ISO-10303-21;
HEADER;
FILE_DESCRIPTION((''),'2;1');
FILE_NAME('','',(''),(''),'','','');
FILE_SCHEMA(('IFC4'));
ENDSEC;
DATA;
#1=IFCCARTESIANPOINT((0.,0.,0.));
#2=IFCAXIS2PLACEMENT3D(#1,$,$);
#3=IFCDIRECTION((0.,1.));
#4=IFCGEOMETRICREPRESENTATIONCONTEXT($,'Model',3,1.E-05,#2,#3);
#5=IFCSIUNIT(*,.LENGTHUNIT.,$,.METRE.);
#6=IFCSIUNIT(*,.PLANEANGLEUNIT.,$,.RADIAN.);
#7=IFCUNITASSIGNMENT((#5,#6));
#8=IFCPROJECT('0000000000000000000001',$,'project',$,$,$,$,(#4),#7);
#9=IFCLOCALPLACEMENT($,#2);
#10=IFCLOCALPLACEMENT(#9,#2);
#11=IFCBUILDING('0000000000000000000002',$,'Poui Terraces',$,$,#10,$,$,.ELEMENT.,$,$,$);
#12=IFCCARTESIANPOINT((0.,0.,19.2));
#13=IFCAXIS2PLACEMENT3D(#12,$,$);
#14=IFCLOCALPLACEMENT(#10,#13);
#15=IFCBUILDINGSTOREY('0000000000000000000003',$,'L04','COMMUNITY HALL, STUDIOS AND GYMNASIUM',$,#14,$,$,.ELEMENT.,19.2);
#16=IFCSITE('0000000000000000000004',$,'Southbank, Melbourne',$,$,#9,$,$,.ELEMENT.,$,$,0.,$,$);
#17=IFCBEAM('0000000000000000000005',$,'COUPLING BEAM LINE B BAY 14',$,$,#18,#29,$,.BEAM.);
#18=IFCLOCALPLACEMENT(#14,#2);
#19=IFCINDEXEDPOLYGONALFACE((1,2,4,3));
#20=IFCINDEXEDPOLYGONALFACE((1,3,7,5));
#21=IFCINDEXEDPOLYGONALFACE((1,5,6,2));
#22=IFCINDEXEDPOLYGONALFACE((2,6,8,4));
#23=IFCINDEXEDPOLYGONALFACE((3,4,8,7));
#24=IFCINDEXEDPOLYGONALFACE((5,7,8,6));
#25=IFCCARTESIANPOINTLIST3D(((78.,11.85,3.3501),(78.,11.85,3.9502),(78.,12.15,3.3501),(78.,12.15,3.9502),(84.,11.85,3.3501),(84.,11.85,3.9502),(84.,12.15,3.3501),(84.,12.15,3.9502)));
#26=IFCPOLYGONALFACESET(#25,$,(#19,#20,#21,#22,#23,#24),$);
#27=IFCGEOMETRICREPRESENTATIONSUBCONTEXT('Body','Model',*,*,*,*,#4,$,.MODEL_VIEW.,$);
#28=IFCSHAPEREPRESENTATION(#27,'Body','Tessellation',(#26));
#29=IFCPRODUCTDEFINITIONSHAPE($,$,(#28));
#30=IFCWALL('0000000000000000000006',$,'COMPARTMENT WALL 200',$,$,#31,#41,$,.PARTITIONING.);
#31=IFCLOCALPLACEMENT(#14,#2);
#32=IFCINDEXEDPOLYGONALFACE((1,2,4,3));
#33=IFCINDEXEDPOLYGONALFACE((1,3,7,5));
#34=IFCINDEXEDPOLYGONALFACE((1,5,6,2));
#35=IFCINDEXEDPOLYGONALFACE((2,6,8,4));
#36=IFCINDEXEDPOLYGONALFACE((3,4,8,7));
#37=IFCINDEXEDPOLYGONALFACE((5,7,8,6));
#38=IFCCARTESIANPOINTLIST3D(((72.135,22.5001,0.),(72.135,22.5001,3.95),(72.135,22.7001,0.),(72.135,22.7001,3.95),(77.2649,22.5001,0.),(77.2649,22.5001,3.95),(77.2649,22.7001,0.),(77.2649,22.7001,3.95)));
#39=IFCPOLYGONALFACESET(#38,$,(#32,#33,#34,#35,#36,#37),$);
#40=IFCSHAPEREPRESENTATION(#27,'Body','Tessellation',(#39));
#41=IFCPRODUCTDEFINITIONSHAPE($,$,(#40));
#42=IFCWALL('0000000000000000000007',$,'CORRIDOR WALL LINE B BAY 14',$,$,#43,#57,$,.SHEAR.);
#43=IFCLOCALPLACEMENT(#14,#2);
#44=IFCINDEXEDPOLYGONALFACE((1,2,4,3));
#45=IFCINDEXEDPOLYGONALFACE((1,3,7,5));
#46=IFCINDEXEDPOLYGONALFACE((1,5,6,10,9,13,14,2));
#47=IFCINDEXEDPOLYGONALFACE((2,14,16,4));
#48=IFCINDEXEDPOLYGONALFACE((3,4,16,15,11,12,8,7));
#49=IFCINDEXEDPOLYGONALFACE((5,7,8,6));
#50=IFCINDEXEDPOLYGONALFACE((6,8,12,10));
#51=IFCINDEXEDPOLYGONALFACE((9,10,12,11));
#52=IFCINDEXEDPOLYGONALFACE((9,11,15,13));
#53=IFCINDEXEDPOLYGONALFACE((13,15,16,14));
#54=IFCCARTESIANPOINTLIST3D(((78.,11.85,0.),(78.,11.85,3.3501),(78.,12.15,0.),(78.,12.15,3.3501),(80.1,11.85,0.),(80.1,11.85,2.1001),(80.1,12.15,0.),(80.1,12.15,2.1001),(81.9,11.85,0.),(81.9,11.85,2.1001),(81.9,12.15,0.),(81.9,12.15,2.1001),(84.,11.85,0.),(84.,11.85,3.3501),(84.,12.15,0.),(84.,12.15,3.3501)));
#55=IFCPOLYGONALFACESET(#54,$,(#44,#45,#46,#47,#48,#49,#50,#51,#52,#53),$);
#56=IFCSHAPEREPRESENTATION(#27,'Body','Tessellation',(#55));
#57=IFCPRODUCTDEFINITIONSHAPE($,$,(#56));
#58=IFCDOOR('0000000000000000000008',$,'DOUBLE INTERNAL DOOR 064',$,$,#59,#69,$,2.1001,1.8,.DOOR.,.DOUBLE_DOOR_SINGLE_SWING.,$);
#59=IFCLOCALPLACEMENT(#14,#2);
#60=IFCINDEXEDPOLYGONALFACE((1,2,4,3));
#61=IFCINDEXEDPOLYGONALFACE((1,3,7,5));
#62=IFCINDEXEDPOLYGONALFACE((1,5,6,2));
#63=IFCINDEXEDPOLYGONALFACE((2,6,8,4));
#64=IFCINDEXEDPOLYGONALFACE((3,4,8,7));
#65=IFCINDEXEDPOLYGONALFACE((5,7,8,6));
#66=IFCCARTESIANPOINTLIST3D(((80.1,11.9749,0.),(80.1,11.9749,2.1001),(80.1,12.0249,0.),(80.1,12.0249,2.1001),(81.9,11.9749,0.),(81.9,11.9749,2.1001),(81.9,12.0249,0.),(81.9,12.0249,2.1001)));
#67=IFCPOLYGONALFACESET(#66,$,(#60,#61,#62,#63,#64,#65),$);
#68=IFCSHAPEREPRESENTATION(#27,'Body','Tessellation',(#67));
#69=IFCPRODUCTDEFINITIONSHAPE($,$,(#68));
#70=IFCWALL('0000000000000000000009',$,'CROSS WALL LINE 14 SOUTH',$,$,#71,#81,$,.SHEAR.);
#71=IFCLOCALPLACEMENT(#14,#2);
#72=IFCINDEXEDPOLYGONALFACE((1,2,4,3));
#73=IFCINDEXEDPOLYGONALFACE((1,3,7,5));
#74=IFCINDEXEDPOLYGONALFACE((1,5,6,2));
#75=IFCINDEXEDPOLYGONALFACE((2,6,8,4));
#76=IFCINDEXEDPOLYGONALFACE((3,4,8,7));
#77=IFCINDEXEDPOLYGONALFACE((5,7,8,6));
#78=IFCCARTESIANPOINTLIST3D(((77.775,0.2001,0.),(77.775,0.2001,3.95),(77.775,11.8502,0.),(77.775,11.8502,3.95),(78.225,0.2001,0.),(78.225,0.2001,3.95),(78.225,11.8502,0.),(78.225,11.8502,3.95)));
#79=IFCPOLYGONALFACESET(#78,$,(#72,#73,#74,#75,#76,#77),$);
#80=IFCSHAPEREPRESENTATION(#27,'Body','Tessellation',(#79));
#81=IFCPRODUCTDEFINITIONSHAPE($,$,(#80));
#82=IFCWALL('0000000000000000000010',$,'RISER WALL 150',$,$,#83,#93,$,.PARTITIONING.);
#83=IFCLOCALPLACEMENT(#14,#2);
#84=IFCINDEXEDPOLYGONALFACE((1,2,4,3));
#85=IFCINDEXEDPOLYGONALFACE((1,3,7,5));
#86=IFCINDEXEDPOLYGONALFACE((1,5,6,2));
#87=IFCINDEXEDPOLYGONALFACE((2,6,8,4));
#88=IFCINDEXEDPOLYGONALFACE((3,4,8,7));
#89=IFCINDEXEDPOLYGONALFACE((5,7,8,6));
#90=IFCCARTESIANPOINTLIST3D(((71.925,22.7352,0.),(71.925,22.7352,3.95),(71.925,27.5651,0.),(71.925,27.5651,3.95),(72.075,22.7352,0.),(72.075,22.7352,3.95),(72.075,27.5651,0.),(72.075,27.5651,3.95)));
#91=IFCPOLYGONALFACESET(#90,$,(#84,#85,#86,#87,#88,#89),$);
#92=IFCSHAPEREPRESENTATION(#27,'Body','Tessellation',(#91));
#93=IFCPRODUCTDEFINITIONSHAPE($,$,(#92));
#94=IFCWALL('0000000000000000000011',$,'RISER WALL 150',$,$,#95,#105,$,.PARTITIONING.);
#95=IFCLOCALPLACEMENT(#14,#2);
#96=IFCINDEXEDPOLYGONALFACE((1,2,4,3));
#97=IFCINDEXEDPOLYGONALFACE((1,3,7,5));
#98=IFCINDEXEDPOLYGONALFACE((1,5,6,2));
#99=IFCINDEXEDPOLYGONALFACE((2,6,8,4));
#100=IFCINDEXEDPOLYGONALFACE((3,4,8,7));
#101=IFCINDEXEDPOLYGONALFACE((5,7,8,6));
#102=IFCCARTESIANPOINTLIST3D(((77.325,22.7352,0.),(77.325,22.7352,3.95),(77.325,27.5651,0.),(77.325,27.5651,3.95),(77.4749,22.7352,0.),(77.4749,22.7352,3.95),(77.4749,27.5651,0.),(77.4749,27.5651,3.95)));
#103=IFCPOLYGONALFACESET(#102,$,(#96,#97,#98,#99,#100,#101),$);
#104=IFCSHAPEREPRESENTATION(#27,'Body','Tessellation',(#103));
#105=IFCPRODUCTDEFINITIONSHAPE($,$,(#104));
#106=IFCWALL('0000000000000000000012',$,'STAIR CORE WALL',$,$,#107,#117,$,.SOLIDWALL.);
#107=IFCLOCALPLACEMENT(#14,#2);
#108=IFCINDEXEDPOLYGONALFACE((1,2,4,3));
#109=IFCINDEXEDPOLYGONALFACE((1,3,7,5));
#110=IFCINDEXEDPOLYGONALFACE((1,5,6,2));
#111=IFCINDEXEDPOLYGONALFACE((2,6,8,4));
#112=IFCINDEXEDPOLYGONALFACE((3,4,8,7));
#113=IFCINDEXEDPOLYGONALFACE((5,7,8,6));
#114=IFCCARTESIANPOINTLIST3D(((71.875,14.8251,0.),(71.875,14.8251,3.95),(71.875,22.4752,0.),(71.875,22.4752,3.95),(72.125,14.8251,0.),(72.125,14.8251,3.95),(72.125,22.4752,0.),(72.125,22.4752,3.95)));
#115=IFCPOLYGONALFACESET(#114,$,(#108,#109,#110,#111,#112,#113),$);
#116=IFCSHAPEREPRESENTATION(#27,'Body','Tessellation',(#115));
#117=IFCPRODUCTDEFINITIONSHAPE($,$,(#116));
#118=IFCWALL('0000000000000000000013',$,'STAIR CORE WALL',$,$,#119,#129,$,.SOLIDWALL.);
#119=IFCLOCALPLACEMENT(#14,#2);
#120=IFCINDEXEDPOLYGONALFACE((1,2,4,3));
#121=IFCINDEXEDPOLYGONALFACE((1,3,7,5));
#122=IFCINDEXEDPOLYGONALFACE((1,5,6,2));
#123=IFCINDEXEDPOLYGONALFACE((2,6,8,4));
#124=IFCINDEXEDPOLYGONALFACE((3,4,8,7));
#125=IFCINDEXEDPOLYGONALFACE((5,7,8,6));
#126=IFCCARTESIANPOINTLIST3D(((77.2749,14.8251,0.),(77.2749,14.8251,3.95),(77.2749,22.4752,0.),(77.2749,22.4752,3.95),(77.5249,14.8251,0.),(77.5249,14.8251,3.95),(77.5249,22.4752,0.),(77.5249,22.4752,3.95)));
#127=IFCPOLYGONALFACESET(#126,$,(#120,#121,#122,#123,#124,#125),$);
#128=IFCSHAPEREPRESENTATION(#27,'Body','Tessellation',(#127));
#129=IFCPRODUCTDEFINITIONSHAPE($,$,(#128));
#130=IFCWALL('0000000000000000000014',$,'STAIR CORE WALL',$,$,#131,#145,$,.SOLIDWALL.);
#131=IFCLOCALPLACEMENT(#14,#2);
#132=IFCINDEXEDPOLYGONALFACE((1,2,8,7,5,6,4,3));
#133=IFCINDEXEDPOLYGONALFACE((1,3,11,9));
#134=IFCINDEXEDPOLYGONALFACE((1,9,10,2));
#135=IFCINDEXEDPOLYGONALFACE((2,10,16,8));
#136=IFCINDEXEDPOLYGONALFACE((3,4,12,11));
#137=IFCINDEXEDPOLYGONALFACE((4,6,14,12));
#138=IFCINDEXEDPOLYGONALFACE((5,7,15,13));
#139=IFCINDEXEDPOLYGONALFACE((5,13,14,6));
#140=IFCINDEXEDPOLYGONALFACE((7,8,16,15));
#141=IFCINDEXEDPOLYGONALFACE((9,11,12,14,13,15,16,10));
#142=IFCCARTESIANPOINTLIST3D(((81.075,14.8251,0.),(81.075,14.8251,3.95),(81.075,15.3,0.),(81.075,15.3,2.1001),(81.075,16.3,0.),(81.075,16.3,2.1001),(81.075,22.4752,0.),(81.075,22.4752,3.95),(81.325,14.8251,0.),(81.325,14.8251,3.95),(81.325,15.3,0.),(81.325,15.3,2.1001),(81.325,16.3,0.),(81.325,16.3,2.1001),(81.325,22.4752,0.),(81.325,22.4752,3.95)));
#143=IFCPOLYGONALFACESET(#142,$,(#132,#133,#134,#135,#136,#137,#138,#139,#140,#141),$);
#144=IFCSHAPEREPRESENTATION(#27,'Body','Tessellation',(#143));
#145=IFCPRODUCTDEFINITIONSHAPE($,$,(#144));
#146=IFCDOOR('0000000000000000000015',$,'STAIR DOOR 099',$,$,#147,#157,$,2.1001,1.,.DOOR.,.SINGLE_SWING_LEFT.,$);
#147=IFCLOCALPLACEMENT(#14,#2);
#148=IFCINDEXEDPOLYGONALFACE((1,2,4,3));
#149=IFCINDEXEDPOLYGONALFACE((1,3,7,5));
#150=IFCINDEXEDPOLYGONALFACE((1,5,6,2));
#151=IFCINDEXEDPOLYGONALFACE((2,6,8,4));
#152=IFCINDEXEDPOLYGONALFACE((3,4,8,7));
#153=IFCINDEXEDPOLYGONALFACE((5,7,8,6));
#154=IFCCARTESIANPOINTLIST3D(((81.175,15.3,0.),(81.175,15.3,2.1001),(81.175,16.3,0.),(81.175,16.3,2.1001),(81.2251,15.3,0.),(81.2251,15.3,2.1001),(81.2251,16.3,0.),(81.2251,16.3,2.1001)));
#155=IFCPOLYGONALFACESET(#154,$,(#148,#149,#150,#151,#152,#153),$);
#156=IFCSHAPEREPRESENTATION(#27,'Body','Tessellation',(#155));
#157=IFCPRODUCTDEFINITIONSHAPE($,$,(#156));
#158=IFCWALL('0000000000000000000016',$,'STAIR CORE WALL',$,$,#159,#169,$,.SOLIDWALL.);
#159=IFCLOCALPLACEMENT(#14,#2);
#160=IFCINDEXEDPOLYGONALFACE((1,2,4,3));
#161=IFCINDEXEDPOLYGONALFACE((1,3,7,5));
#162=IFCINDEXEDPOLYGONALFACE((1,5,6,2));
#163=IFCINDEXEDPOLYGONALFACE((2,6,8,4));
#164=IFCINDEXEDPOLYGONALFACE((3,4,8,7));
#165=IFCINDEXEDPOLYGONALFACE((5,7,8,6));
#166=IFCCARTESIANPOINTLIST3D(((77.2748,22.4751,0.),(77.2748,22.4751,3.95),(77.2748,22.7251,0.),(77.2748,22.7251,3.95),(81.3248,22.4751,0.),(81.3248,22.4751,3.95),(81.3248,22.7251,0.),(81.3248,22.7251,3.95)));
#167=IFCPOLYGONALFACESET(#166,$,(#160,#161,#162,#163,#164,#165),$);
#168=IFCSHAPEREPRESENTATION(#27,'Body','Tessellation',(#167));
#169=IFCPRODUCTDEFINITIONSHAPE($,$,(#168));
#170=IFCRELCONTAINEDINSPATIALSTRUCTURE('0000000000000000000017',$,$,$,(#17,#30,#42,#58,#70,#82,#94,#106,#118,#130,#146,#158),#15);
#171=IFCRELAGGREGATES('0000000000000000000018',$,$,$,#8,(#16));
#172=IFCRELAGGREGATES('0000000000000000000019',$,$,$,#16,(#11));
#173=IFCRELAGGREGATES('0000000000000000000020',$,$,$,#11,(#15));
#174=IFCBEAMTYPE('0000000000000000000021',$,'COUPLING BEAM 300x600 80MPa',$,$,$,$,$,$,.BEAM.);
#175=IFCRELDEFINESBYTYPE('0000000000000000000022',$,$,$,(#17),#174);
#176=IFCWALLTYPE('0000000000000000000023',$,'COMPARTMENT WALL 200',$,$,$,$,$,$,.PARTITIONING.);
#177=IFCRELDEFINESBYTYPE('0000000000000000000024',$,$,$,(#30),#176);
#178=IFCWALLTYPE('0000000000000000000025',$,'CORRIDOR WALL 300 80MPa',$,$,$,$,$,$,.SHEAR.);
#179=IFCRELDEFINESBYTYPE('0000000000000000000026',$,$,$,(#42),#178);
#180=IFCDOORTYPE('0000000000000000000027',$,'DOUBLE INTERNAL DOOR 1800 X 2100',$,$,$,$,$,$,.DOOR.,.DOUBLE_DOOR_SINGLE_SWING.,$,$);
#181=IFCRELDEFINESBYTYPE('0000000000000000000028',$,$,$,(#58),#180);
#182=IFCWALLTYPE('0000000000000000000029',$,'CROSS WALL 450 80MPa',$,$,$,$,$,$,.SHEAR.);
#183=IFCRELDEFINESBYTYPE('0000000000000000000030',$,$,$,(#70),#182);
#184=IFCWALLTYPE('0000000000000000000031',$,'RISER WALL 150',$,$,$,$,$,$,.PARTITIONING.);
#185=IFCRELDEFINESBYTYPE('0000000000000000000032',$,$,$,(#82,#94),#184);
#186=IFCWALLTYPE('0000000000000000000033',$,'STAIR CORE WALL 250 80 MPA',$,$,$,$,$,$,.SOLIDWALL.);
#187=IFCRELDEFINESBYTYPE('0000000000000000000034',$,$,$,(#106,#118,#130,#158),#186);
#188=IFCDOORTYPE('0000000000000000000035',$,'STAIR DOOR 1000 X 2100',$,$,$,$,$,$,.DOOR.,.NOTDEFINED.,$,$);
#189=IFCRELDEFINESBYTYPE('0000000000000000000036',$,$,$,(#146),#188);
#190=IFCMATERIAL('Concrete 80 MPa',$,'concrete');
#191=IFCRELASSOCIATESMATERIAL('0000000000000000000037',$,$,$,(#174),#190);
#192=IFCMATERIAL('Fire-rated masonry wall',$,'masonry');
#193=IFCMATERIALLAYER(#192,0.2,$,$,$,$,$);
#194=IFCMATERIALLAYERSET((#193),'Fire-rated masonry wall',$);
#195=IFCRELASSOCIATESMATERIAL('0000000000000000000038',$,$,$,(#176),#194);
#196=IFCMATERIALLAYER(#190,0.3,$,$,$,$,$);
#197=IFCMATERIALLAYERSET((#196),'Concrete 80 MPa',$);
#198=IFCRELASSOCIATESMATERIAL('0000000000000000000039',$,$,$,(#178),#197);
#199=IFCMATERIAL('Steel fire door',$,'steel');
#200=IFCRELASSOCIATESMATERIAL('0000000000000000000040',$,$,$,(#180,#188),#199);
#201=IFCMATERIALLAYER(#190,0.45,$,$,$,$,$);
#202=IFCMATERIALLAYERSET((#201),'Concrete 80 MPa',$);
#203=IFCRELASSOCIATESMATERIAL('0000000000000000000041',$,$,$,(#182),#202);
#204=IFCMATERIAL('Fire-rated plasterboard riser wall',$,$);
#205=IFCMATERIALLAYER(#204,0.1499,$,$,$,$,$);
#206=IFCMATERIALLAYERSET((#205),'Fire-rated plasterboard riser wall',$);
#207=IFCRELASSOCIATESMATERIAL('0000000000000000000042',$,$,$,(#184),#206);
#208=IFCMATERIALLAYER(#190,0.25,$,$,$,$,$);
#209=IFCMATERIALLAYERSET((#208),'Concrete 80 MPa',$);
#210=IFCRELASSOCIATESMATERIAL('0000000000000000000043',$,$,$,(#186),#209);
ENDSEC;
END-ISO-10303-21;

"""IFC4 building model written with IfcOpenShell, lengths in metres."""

from ifc_helpers import new_model, si_unit, direction, frame, frame_2d, origin, origin_2d, place, context, subcontext, project, spatial, rectangle, extrude, source, transform, mapped, material, layer, layer_set, material_profile, profile_set, type_object, element, fill, save


model = new_model("IFC4")

# Units and contexts
model_context = context("Model", 3, precision=1e-05, world=origin(), true_north=direction((0.0, 1.0)))
body_context = subcontext(model_context, "Body", "Model", "MODEL_VIEW")
ifc_project = project(units=[si_unit("LENGTHUNIT", "METRE"), si_unit("PLANEANGLEUNIT", "RADIAN")], contexts=[model_context])

# Site, building, storey
site_placement = place(None, origin())
site = spatial("IfcSite", under=ifc_project, at=site_placement, Name="Southbank, Melbourne", CompositionType="ELEMENT", RefElevation=0.0)
building_placement = place(site_placement, origin())
building = spatial("IfcBuilding", under=site, at=building_placement, Name="Poui Terraces", CompositionType="ELEMENT")
storey_placement = place(building_placement, frame((0.0, 0.0, 19.2)))
storey = spatial("IfcBuildingStorey", under=building, at=storey_placement, Name="L04", Description="COMMUNITY HALL, STUDIOS AND GYMNASIUM", CompositionType="ELEMENT", Elevation=19.2)

# Beam
ifc_material_1 = material(Name="Concrete 80 MPa", Category="concrete")
ifc_material_profile = material_profile(ifc_material_1, rectangle(XDim=0.3, YDim=0.6001, at=origin_2d()), Name="RC 300x600")
ifc_profile_set = profile_set([ifc_material_profile], Name="Concrete 80 MPa")
beam_type = type_object("IfcBeamType", Name="COUPLING BEAM 300x600 80MPa", PredefinedType="BEAM", material=ifc_profile_set)
shared_shape = source(origin(), body_context, "Body", "SweptSolid", [
    extrude(rectangle(XDim=0.3, YDim=0.6001, at=origin_2d()), origin(), (0.0, 0.0, 1.0), 6.0),
])
beam_placement = place(storey_placement, frame((78.0, 12.0, 3.6501), z_axis=(1.0, 0.0, 0.0), x_axis=(0.0, 1.0, 0.0)))
element("IfcBeam", 1, at=beam_placement, inside=storey, type_object=beam_type, Name="COUPLING BEAM LINE B BAY 14", PredefinedType="BEAM", context=body_context, shape_type="MappedRepresentation", body=[
    mapped(shared_shape, transform((0.0, 0.0, 0.0))),
])

# Wall
ifc_material_2 = material(Name="Fire-rated masonry wall", Category="masonry")
ifc_layer_1 = layer(ifc_material_2, 0.2)
ifc_layer_set_1 = layer_set([ifc_layer_1], Name="Fire-rated masonry wall")
wall_type_1 = type_object("IfcWallType", Name="COMPARTMENT WALL 200", PredefinedType="PARTITIONING", material=ifc_layer_set_1)
wall_1_placement = place(storey_placement, frame((72.135, 22.6001, 0.0), z_axis=(0.0, 0.0, 1.0), x_axis=(1.0, 0.0, 0.0)))
element("IfcWall", 2, at=wall_1_placement, inside=storey, type_object=wall_type_1, Name="COMPARTMENT WALL 200", PredefinedType="PARTITIONING", context=body_context, shape_type="SweptSolid", body=[
    extrude(rectangle(XDim=5.1299, YDim=0.2, at=frame_2d((2.5649, 0.0))), origin(), (0.0, 0.0, 1.0), 3.95),
])

# Wall, opening, door
ifc_layer_2 = layer(ifc_material_1, 0.3)
ifc_layer_set_2 = layer_set([ifc_layer_2], Name="Concrete 80 MPa")
wall_type_2 = type_object("IfcWallType", Name="CORRIDOR WALL 300 80MPa", PredefinedType="SHEAR", material=ifc_layer_set_2)
wall_2_placement = place(storey_placement, frame((78.0, 12.0, 0.0), z_axis=(0.0, 0.0, 1.0), x_axis=(1.0, 0.0, 0.0)))
wall_2 = element("IfcWall", 3, at=wall_2_placement, inside=storey, type_object=wall_type_2, Name="CORRIDOR WALL LINE B BAY 14", PredefinedType="SHEAR", context=body_context, shape_type="SweptSolid", body=[
    extrude(rectangle(XDim=6.0, YDim=0.3, at=frame_2d((3.0, 0.0))), origin(), (0.0, 0.0, 1.0), 3.3501),
])
opening_1_placement = place(wall_2_placement, frame((2.1001, 0.0, 0.0)))
opening_1 = element("IfcOpeningElement", 4, at=opening_1_placement, cuts=wall_2, PredefinedType="OPENING", context=body_context, shape_type="SweptSolid", body=[
    extrude(rectangle(XDim=1.8, YDim=2.1001, at=frame_2d((0.8999, 1.05))), frame((0.0, 0.1602, 0.0), z_axis=(0.0, -1.0, 0.0), x_axis=(1.0, 0.0, 0.0)), (0.0, 0.0, 1.0), 0.3201),
])
ifc_material_3 = material(Name="Steel fire door", Category="steel")
door_type_1 = type_object("IfcDoorType", Name="DOUBLE INTERNAL DOOR 1800 X 2100", OperationType="DOUBLE_DOOR_SINGLE_SWING", PredefinedType="DOOR", material=ifc_material_3)
door_1_placement = place(opening_1_placement, origin())
door_1 = element("IfcDoor", 5, at=door_1_placement, inside=storey, type_object=door_type_1, Name="DOUBLE INTERNAL DOOR 064", OperationType="DOUBLE_DOOR_SINGLE_SWING", OverallHeight=2.1001, OverallWidth=1.8, PredefinedType="DOOR", context=body_context, shape_type="SweptSolid", body=[
    extrude(rectangle(XDim=1.8, YDim=2.1001, at=frame_2d((0.8999, 1.05))), frame((0.0, 0.0249, 0.0), z_axis=(0.0, -1.0, 0.0), x_axis=(1.0, 0.0, 0.0)), (0.0, 0.0, 1.0), 0.05),
])
fill(opening_1, door_1)

# Walls
ifc_layer_3 = layer(ifc_material_1, 0.45)
ifc_layer_set_3 = layer_set([ifc_layer_3], Name="Concrete 80 MPa")
wall_type_3 = type_object("IfcWallType", Name="CROSS WALL 450 80MPa", PredefinedType="SHEAR", material=ifc_layer_set_3)
wall_3_placement = place(storey_placement, frame((78.0, 0.2, 0.0), z_axis=(0.0, 0.0, 1.0), x_axis=(0.0, 1.0, 0.0)))
element("IfcWall", 6, at=wall_3_placement, inside=storey, type_object=wall_type_3, Name="CROSS WALL LINE 14 SOUTH", PredefinedType="SHEAR", context=body_context, shape_type="SweptSolid", body=[
    extrude(rectangle(XDim=11.6501, YDim=0.45, at=frame_2d((5.8252, 0.0))), origin(), (0.0, 0.0, 1.0), 3.95),
])
ifc_material_4 = material(Name="Fire-rated plasterboard riser wall")
ifc_layer_4 = layer(ifc_material_4, 0.1499)
ifc_layer_set_4 = layer_set([ifc_layer_4], Name="Fire-rated plasterboard riser wall")
wall_type_4 = type_object("IfcWallType", Name="RISER WALL 150", PredefinedType="PARTITIONING", material=ifc_layer_set_4)
for number, where, z_axis, x_axis, name in (
    (7, (72.0, 22.7351, 0.0), (0.0, 0.0, 1.0), (0.0, 1.0, 0.0), "RISER WALL 150"),
    (8, (77.3999, 22.7351, 0.0), (0.0, 0.0, 1.0), (0.0, 1.0, 0.0), "RISER WALL 150"),
):
    element("IfcWall", number, at=place(storey_placement, frame(where, z_axis=z_axis, x_axis=x_axis)), inside=storey, type_object=wall_type_4, Name=name, PredefinedType="PARTITIONING", context=body_context, shape_type="SweptSolid", body=[
        extrude(rectangle(XDim=4.8298, YDim=0.1499, at=frame_2d((2.415, 0.0))), origin(), (0.0, 0.0, 1.0), 3.95),
    ])
ifc_layer_5 = layer(ifc_material_1, 0.25)
ifc_layer_set_5 = layer_set([ifc_layer_5], Name="Concrete 80 MPa")
wall_type_5 = type_object("IfcWallType", Name="STAIR CORE WALL 250 80 MPA", PredefinedType="SOLIDWALL", material=ifc_layer_set_5)
for number, where, z_axis, x_axis, name in (
    (9, (72.0, 14.825, 0.0), (0.0, 0.0, 1.0), (0.0, 1.0, 0.0), "STAIR CORE WALL"),
    (10, (77.3999, 14.825, 0.0), (0.0, 0.0, 1.0), (0.0, 1.0, 0.0), "STAIR CORE WALL"),
):
    element("IfcWall", number, at=place(storey_placement, frame(where, z_axis=z_axis, x_axis=x_axis)), inside=storey, type_object=wall_type_5, Name=name, PredefinedType="SOLIDWALL", context=body_context, shape_type="SweptSolid", body=[
        extrude(rectangle(XDim=7.6501, YDim=0.25, at=frame_2d((3.8252, 0.0))), origin(), (0.0, 0.0, 1.0), 3.95),
    ])

# Wall, opening, door
wall_4_placement = place(storey_placement, frame((81.2, 14.825, 0.0), z_axis=(0.0, 0.0, 1.0), x_axis=(0.0, 1.0, 0.0)))
wall_4 = element("IfcWall", 11, at=wall_4_placement, inside=storey, type_object=wall_type_5, Name="STAIR CORE WALL", PredefinedType="SOLIDWALL", context=body_context, shape_type="SweptSolid", body=[
    extrude(rectangle(XDim=7.6501, YDim=0.25, at=frame_2d((3.8252, 0.0))), origin(), (0.0, 0.0, 1.0), 3.95),
])
opening_2_placement = place(wall_4_placement, frame((0.4751, 0.0, 0.0)))
opening_2 = element("IfcOpeningElement", 12, at=opening_2_placement, cuts=wall_4, PredefinedType="OPENING", context=body_context, shape_type="SweptSolid", body=[
    extrude(rectangle(XDim=1.0, YDim=2.1001, at=frame_2d((0.5, 1.05))), frame((0.0, 0.135, 0.0), z_axis=(0.0, -1.0, 0.0), x_axis=(1.0, 0.0, 0.0)), (0.0, 0.0, 1.0), 0.27),
])
door_type_2 = type_object("IfcDoorType", Name="STAIR DOOR 1000 X 2100", OperationType="NOTDEFINED", PredefinedType="DOOR", material=ifc_material_3)
door_2_placement = place(opening_2_placement, origin())
door_2 = element("IfcDoor", 13, at=door_2_placement, inside=storey, type_object=door_type_2, Name="STAIR DOOR 099", OperationType="SINGLE_SWING_LEFT", OverallHeight=2.1001, OverallWidth=1.0, PredefinedType="DOOR", context=body_context, shape_type="SweptSolid", body=[
    extrude(rectangle(XDim=1.0, YDim=2.1001, at=frame_2d((0.5, 1.05))), frame((0.0, 0.0249, 0.0), z_axis=(0.0, -1.0, 0.0), x_axis=(1.0, 0.0, 0.0)), (0.0, 0.0, 1.0), 0.05),
])
fill(opening_2, door_2)

# Wall
wall_5_placement = place(storey_placement, frame((77.2749, 22.6001, 0.0), z_axis=(0.0, 0.0, 1.0), x_axis=(1.0, 0.0, 0.0)))
element("IfcWall", 14, at=wall_5_placement, inside=storey, type_object=wall_type_5, Name="STAIR CORE WALL", PredefinedType="SOLIDWALL", context=body_context, shape_type="SweptSolid", body=[
    extrude(rectangle(XDim=4.05, YDim=0.25, at=frame_2d((2.0249, 0.0))), origin(), (0.0, 0.0, 1.0), 3.95),
])

save(model, "model.ifc")
